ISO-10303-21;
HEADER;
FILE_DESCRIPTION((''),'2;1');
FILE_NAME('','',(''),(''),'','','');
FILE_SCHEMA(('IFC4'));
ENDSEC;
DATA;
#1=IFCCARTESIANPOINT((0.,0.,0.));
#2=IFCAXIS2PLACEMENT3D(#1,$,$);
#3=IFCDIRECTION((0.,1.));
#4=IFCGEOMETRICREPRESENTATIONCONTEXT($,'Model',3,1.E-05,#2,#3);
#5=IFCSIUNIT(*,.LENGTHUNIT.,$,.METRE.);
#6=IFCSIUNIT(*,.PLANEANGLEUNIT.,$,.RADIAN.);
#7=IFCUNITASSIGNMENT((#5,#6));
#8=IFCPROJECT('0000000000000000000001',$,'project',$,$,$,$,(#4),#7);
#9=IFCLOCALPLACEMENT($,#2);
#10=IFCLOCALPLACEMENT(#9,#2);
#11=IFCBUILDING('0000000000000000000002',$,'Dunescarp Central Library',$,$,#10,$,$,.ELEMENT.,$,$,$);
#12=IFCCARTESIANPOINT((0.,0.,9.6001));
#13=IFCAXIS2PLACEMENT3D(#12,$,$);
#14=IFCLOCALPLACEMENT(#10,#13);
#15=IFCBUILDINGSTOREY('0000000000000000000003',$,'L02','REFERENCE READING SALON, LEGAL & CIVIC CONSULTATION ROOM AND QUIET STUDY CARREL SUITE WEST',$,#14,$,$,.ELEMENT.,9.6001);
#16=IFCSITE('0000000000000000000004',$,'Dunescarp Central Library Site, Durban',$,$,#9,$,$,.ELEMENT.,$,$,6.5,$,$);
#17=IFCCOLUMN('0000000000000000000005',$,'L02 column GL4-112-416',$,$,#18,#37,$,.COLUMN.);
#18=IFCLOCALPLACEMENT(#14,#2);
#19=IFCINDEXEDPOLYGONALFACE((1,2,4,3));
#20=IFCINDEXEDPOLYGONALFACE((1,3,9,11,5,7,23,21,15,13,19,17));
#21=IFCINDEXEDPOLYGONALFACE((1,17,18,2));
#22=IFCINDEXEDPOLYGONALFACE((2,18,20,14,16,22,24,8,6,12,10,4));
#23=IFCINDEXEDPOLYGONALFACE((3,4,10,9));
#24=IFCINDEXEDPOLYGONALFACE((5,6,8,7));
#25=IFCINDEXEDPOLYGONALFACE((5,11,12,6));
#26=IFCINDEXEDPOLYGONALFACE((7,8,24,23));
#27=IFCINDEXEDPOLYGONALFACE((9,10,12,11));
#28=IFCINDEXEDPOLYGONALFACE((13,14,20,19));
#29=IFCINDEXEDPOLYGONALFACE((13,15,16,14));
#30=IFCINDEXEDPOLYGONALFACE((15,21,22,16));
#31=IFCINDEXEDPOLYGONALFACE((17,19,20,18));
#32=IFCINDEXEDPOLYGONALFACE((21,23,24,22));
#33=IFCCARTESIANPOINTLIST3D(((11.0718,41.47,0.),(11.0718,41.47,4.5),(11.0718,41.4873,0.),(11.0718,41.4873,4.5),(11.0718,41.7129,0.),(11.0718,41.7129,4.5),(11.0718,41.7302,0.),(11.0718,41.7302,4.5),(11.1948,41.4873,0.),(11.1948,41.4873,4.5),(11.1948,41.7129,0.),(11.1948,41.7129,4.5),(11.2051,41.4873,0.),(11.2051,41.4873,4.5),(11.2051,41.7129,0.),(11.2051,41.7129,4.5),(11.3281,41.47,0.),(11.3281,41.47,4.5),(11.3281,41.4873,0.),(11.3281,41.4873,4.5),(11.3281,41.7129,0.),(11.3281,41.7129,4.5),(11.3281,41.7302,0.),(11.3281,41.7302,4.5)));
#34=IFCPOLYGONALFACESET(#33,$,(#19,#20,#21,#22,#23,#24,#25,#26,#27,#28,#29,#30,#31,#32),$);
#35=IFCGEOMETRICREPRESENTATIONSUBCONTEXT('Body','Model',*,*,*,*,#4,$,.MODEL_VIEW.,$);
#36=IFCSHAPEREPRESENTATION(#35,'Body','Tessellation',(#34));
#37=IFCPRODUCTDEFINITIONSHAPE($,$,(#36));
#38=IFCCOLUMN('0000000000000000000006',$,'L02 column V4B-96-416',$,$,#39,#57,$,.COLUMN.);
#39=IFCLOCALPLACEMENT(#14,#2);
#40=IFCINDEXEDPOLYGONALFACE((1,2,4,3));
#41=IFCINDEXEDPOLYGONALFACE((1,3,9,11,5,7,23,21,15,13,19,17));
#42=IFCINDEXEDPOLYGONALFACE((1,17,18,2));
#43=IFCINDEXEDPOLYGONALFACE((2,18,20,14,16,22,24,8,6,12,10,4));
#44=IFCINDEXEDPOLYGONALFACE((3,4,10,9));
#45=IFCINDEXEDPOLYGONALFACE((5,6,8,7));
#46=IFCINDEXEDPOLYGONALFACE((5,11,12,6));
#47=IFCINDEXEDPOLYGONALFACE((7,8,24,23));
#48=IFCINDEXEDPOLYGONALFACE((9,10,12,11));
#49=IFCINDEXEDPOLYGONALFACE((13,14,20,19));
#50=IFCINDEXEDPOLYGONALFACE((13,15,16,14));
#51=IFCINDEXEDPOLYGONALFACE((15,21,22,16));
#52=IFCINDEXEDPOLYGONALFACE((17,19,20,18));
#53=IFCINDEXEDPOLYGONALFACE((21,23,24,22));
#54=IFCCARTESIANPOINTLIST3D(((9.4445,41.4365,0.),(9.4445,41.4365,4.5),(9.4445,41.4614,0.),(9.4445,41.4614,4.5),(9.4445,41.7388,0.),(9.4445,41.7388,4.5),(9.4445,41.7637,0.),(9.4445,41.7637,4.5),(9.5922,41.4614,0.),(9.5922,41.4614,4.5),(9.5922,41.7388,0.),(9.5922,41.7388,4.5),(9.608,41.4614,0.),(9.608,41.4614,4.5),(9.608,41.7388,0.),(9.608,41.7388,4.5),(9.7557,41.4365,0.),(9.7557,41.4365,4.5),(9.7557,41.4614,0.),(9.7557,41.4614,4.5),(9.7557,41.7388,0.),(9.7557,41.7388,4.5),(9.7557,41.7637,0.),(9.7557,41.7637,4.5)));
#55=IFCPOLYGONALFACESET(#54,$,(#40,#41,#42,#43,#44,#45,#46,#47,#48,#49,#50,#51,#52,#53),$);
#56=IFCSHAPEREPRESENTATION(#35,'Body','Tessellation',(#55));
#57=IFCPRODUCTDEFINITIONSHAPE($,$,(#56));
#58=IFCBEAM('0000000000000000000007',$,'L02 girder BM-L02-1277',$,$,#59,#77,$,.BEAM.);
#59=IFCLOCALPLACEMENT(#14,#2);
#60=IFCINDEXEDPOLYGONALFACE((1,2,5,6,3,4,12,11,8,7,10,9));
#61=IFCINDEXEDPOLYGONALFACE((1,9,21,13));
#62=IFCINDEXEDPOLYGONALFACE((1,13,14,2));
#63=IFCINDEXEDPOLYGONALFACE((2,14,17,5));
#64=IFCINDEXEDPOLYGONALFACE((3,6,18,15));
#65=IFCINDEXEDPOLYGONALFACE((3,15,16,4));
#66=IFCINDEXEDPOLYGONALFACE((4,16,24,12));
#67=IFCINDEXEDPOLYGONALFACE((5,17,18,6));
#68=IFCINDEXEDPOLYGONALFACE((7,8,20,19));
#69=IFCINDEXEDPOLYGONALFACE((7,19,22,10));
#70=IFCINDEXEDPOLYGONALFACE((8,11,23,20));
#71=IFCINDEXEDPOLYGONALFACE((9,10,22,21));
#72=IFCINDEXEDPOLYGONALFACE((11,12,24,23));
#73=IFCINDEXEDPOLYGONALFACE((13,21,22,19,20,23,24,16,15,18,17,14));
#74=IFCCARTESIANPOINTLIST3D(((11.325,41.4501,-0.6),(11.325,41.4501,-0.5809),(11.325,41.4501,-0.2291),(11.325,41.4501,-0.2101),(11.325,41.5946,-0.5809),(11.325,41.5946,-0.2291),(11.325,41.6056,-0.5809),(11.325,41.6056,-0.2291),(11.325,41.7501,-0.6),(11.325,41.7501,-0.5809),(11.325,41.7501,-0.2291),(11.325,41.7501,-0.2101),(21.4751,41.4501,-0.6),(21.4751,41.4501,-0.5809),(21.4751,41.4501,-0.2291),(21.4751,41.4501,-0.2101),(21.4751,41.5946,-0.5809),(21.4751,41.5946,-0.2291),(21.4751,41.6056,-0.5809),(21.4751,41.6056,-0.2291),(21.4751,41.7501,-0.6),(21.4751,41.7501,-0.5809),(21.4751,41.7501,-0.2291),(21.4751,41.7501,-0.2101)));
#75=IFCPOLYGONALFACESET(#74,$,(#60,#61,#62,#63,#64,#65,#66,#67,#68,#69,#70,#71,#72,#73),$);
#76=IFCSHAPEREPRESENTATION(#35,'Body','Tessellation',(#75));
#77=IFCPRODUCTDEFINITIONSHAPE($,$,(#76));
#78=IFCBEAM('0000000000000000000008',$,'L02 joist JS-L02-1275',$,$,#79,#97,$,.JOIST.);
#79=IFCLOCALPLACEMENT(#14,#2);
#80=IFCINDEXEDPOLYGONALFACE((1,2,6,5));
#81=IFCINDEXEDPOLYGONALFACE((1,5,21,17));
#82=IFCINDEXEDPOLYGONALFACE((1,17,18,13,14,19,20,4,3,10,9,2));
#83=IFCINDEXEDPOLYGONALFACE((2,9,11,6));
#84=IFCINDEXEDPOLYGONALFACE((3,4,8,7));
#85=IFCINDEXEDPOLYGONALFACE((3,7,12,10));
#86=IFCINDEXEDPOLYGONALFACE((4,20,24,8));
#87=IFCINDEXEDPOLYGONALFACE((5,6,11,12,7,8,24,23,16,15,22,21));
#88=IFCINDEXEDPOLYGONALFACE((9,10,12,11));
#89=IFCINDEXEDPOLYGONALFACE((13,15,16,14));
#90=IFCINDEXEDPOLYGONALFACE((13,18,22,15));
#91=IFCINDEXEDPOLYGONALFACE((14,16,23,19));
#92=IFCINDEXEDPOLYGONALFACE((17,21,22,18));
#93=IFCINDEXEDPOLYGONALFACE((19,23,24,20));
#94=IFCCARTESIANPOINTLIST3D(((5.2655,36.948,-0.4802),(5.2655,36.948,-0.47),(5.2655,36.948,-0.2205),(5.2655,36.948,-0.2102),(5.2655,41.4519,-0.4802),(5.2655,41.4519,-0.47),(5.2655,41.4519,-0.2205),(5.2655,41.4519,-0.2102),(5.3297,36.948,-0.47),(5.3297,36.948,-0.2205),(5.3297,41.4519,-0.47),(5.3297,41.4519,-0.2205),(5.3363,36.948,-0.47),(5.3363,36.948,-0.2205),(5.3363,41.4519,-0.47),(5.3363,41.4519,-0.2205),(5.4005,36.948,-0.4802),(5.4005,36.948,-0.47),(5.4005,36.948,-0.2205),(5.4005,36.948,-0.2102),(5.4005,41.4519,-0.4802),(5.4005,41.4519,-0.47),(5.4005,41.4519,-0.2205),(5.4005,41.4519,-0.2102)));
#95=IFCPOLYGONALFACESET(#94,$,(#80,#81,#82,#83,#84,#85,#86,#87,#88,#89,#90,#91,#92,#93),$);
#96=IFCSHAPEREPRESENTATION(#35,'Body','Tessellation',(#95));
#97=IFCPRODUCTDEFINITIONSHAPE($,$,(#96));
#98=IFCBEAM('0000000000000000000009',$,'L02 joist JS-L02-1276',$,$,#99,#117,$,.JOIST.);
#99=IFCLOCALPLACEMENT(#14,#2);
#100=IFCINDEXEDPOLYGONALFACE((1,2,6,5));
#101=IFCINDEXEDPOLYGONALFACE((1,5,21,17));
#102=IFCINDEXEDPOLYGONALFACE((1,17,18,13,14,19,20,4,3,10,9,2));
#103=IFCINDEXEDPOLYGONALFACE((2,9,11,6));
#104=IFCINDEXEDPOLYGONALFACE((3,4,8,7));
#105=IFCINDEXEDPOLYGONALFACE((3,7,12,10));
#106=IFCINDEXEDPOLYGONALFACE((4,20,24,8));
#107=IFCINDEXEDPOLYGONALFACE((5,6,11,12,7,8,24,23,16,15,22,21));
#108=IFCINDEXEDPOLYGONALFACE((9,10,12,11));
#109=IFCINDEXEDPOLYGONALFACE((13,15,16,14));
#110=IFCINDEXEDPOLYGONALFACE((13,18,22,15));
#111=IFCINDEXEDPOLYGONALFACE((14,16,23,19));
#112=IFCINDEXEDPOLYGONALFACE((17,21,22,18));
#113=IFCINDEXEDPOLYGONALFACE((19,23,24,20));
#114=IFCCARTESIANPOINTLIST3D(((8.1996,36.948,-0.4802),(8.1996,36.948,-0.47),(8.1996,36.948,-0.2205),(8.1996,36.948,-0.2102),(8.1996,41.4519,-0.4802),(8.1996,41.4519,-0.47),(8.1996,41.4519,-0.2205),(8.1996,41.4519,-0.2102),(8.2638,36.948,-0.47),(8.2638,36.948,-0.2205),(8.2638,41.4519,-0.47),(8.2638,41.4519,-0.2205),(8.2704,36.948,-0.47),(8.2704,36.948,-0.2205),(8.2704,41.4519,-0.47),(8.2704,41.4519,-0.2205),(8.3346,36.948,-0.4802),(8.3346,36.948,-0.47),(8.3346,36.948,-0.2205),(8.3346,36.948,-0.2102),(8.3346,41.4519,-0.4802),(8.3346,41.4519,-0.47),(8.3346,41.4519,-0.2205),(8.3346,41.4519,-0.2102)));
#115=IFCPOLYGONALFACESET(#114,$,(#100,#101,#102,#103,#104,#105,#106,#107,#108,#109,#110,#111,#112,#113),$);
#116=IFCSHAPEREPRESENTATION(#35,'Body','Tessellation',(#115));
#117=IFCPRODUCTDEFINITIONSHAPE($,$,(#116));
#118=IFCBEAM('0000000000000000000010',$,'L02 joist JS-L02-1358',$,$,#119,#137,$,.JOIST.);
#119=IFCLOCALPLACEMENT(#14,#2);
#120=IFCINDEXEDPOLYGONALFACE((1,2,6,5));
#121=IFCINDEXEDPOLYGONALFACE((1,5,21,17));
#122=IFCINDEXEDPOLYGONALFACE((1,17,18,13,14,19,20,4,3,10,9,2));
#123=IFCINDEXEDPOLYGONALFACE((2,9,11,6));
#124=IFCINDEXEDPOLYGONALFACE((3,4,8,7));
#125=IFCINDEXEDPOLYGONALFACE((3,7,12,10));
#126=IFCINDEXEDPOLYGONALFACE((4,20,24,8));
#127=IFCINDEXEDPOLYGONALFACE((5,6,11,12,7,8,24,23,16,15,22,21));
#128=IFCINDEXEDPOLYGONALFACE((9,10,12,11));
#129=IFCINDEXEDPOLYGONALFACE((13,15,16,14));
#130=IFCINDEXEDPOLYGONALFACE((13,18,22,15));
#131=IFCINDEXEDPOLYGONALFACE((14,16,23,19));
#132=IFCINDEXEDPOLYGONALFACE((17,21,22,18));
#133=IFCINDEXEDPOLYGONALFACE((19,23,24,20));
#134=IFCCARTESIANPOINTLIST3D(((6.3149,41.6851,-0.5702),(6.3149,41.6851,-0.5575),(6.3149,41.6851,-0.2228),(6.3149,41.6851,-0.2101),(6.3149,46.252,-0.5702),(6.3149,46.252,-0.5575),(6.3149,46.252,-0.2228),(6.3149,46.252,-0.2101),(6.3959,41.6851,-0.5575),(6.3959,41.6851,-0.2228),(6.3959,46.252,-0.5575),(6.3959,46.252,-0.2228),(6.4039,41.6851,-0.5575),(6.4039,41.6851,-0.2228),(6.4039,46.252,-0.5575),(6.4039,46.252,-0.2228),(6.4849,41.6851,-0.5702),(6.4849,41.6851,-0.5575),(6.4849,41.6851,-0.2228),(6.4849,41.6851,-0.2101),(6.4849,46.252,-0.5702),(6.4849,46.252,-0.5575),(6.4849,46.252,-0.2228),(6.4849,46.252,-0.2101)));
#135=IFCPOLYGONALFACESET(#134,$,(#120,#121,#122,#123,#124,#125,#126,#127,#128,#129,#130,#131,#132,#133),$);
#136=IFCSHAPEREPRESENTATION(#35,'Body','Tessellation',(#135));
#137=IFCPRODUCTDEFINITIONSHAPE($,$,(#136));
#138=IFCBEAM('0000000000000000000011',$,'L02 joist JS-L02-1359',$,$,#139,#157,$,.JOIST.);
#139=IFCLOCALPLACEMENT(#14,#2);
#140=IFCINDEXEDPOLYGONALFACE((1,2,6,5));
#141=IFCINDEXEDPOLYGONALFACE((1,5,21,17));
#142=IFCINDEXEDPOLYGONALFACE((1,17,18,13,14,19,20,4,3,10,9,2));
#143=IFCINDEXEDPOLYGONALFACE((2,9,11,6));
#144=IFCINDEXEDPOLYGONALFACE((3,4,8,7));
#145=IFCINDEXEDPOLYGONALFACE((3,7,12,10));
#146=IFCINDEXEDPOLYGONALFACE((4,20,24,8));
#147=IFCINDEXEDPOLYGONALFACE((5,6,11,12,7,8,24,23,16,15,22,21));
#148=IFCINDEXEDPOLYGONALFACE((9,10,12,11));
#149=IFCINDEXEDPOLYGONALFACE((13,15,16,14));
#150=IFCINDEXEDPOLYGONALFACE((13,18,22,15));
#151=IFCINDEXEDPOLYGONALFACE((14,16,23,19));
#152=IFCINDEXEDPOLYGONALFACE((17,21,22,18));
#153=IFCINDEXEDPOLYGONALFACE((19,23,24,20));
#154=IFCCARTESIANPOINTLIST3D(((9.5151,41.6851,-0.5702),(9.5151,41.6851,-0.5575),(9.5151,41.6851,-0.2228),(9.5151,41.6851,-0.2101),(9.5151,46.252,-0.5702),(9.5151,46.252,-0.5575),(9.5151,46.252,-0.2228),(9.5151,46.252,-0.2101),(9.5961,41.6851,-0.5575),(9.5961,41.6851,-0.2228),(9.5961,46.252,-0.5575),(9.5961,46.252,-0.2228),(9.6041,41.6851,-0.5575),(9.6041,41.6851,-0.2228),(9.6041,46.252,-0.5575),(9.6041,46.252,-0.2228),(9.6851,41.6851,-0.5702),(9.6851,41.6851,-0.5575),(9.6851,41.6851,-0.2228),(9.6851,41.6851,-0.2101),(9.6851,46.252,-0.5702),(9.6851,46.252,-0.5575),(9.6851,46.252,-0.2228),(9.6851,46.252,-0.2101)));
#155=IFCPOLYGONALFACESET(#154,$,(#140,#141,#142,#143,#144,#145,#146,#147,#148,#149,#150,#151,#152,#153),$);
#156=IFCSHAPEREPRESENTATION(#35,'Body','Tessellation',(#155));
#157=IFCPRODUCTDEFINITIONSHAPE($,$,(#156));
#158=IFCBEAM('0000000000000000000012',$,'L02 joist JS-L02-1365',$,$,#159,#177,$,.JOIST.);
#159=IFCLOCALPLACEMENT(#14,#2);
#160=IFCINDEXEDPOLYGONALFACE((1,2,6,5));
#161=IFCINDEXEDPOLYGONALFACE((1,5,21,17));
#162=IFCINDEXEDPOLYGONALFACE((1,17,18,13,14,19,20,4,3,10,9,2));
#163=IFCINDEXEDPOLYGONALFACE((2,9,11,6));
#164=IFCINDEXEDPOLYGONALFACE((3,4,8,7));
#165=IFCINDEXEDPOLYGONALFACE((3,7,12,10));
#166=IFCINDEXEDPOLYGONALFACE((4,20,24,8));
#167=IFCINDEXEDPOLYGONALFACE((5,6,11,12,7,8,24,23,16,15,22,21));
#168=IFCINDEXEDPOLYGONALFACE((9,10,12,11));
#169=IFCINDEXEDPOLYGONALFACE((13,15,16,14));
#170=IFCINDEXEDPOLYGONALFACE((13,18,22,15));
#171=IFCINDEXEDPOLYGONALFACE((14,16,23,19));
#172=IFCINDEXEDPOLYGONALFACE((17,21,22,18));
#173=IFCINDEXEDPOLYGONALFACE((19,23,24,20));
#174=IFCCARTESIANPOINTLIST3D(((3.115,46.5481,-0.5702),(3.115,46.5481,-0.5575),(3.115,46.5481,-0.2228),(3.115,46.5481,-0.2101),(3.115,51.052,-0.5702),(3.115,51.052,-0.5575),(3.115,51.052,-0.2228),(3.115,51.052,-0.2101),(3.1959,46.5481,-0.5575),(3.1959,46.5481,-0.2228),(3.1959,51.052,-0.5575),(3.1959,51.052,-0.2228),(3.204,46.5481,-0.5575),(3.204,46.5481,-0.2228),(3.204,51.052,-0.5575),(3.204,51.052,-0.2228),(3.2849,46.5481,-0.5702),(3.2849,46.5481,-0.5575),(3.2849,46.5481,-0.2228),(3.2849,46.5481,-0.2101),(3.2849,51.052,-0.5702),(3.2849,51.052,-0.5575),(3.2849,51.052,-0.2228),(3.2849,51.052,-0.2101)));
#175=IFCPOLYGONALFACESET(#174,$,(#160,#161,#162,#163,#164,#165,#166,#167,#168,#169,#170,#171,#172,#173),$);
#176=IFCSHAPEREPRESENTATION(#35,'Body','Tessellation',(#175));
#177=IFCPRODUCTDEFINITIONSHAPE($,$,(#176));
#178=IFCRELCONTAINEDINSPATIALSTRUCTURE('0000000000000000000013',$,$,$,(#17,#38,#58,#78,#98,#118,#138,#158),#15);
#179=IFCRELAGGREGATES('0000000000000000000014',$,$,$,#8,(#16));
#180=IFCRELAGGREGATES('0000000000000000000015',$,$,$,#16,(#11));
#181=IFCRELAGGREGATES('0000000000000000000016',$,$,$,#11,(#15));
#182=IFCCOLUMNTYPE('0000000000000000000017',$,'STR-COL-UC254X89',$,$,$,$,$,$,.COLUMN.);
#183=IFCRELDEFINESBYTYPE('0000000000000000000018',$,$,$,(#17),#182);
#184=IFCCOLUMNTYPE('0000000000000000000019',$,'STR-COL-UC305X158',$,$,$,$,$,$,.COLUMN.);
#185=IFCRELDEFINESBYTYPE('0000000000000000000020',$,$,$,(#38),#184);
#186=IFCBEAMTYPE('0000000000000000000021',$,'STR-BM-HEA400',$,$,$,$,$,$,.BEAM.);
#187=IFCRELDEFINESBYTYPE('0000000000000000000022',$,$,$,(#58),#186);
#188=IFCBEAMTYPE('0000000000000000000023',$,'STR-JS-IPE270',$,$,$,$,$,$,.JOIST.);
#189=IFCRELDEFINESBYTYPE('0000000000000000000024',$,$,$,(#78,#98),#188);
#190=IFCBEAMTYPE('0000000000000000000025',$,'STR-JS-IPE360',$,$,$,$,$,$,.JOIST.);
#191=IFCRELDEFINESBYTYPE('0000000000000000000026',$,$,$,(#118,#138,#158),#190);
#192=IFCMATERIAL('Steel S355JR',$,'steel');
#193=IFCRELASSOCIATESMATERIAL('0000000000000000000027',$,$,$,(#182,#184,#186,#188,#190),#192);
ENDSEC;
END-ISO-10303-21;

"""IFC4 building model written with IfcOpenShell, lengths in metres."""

from ifc_helpers import new_model, si_unit, direction, frame, origin, origin_2d, place, context, subcontext, project, spatial, i_section, extrude, material, material_profile, profile_set, type_object, element, save


model = new_model("IFC4")

# Units and contexts
model_context = context("Model", 3, precision=1e-05, world=origin(), true_north=direction((0.0, 1.0)))
body_context = subcontext(model_context, "Body", "Model", "MODEL_VIEW")
ifc_project = project(units=[si_unit("LENGTHUNIT", "METRE"), si_unit("PLANEANGLEUNIT", "RADIAN")], contexts=[model_context])

# Site, building, storey
site_placement = place(None, origin())
site = spatial("IfcSite", under=ifc_project, at=site_placement, Name="Dunescarp Central Library Site, Durban", CompositionType="ELEMENT", RefElevation=6.5)
building_placement = place(site_placement, origin())
building = spatial("IfcBuilding", under=site, at=building_placement, Name="Dunescarp Central Library", CompositionType="ELEMENT")
storey_placement = place(building_placement, frame((0.0, 0.0, 9.6001)))
storey = spatial("IfcBuildingStorey", under=building, at=storey_placement, Name="L02", Description="REFERENCE READING SALON, LEGAL & CIVIC CONSULTATION ROOM AND QUIET STUDY CARREL SUITE WEST", CompositionType="ELEMENT", Elevation=9.6001)

# Columns
ifc_material_1 = material(Name="Steel S355JR", Category="steel")
ifc_material_profile_1 = material_profile(ifc_material_1, i_section(OverallWidth=0.2563, OverallDepth=0.2603, WebThickness=0.0103, FlangeThickness=0.0173, at=origin_2d()), Name="UC 254x254x89")
ifc_profile_set_1 = profile_set([ifc_material_profile_1], Name="Steel S355JR")
column_type_1 = type_object("IfcColumnType", Name="STR-COL-UC254X89", PredefinedType="COLUMN", material=ifc_profile_set_1)
column_1_placement = place(storey_placement, frame((11.2, 41.6001, 0.0), z_axis=(0.0, 0.0, 1.0), x_axis=(1.0, 0.0, 0.0)))
element("IfcColumn", 1, at=column_1_placement, inside=storey, type_object=column_type_1, Name="L02 column GL4-112-416", PredefinedType="COLUMN", context=body_context, shape_type="SweptSolid", body=[
    extrude(i_section(OverallWidth=0.2563, OverallDepth=0.2603, WebThickness=0.0103, FlangeThickness=0.0173, at=origin_2d()), origin(), (0.0, 0.0, 1.0), 4.5),
])
ifc_material_profile_2 = material_profile(ifc_material_1, i_section(OverallWidth=0.3113, OverallDepth=0.3271, WebThickness=0.0159, FlangeThickness=0.0249, at=origin_2d()), Name="UC 305x305x158")
ifc_profile_set_2 = profile_set([ifc_material_profile_2], Name="Steel S355JR")
column_type_2 = type_object("IfcColumnType", Name="STR-COL-UC305X158", PredefinedType="COLUMN", material=ifc_profile_set_2)
column_2_placement = place(storey_placement, frame((9.6001, 41.6001, 0.0), z_axis=(0.0, 0.0, 1.0), x_axis=(1.0, 0.0, 0.0)))
element("IfcColumn", 2, at=column_2_placement, inside=storey, type_object=column_type_2, Name="L02 column V4B-96-416", PredefinedType="COLUMN", context=body_context, shape_type="SweptSolid", body=[
    extrude(i_section(OverallWidth=0.3113, OverallDepth=0.3271, WebThickness=0.0159, FlangeThickness=0.0249, at=origin_2d()), origin(), (0.0, 0.0, 1.0), 4.5),
])

# Beams
ifc_material_profile_3 = material_profile(ifc_material_1, i_section(OverallWidth=0.3, OverallDepth=0.3899, WebThickness=0.011, FlangeThickness=0.019, at=origin_2d()), Name="HEA 400")
ifc_profile_set_3 = profile_set([ifc_material_profile_3], Name="Steel S355JR")
beam_type_1 = type_object("IfcBeamType", Name="STR-BM-HEA400", PredefinedType="BEAM", material=ifc_profile_set_3)
beam_1_placement = place(storey_placement, frame((11.325, 41.6001, -0.405), z_axis=(1.0, 0.0, 0.0), x_axis=(0.0, 1.0, 0.0)))
element("IfcBeam", 3, at=beam_1_placement, inside=storey, type_object=beam_type_1, Name="L02 girder BM-L02-1277", PredefinedType="BEAM", context=body_context, shape_type="SweptSolid", body=[
    extrude(i_section(OverallWidth=0.3, OverallDepth=0.3899, WebThickness=0.011, FlangeThickness=0.019, at=origin_2d()), origin(), (0.0, 0.0, 1.0), 10.1501),
])
ifc_material_profile_4 = material_profile(ifc_material_1, i_section(OverallWidth=0.135, OverallDepth=0.27, WebThickness=0.0066, FlangeThickness=0.0103, at=origin_2d()), Name="IPE 270")
ifc_profile_set_4 = profile_set([ifc_material_profile_4], Name="Steel S355JR")
beam_type_2 = type_object("IfcBeamType", Name="STR-JS-IPE270", PredefinedType="JOIST", material=ifc_profile_set_4)
for number, where, z_axis, x_axis, name in (
    (4, (5.333, 36.948, -0.3452), (0.0, 1.0, 0.0), (-1.0, 0.0, 0.0), "L02 joist JS-L02-1275"),
    (5, (8.2671, 36.948, -0.3452), (0.0, 1.0, 0.0), (-1.0, 0.0, 0.0), "L02 joist JS-L02-1276"),
):
    element("IfcBeam", number, at=place(storey_placement, frame(where, z_axis=z_axis, x_axis=x_axis)), inside=storey, type_object=beam_type_2, Name=name, PredefinedType="JOIST", context=body_context, shape_type="SweptSolid", body=[
        extrude(i_section(OverallWidth=0.135, OverallDepth=0.27, WebThickness=0.0066, FlangeThickness=0.0103, at=origin_2d()), origin(), (0.0, 0.0, 1.0), 4.5039),
    ])
ifc_material_profile_5 = material_profile(ifc_material_1, i_section(OverallWidth=0.1699, OverallDepth=0.3601, WebThickness=0.0081, FlangeThickness=0.0127, at=origin_2d()), Name="IPE 360")
ifc_profile_set_5 = profile_set([ifc_material_profile_5], Name="Steel S355JR")
beam_type_3 = type_object("IfcBeamType", Name="STR-JS-IPE360", PredefinedType="JOIST", material=ifc_profile_set_5)
for number, where, z_axis, x_axis, name in (
    (6, (6.3999, 41.6851, -0.3901), (0.0, 1.0, 0.0), (-1.0, 0.0, 0.0), "L02 joist JS-L02-1358"),
    (7, (9.6001, 41.6851, -0.3901), (0.0, 1.0, 0.0), (-1.0, 0.0, 0.0), "L02 joist JS-L02-1359"),
):
    element("IfcBeam", number, at=place(storey_placement, frame(where, z_axis=z_axis, x_axis=x_axis)), inside=storey, type_object=beam_type_3, Name=name, PredefinedType="JOIST", context=body_context, shape_type="SweptSolid", body=[
        extrude(i_section(OverallWidth=0.1699, OverallDepth=0.3601, WebThickness=0.0081, FlangeThickness=0.0127, at=origin_2d()), origin(), (0.0, 0.0, 1.0), 4.5669),
    ])
for number, where, z_axis, x_axis, name in (
    (8, (3.2, 46.5481, -0.3901), (0.0, 1.0, 0.0), (-1.0, 0.0, 0.0), "L02 joist JS-L02-1365"),
):
    element("IfcBeam", number, at=place(storey_placement, frame(where, z_axis=z_axis, x_axis=x_axis)), inside=storey, type_object=beam_type_3, Name=name, PredefinedType="JOIST", context=body_context, shape_type="SweptSolid", body=[
        extrude(i_section(OverallWidth=0.1699, OverallDepth=0.3601, WebThickness=0.0081, FlangeThickness=0.0127, at=origin_2d()), origin(), (0.0, 0.0, 1.0), 4.5039),
    ])

save(model, "model.ifc")
